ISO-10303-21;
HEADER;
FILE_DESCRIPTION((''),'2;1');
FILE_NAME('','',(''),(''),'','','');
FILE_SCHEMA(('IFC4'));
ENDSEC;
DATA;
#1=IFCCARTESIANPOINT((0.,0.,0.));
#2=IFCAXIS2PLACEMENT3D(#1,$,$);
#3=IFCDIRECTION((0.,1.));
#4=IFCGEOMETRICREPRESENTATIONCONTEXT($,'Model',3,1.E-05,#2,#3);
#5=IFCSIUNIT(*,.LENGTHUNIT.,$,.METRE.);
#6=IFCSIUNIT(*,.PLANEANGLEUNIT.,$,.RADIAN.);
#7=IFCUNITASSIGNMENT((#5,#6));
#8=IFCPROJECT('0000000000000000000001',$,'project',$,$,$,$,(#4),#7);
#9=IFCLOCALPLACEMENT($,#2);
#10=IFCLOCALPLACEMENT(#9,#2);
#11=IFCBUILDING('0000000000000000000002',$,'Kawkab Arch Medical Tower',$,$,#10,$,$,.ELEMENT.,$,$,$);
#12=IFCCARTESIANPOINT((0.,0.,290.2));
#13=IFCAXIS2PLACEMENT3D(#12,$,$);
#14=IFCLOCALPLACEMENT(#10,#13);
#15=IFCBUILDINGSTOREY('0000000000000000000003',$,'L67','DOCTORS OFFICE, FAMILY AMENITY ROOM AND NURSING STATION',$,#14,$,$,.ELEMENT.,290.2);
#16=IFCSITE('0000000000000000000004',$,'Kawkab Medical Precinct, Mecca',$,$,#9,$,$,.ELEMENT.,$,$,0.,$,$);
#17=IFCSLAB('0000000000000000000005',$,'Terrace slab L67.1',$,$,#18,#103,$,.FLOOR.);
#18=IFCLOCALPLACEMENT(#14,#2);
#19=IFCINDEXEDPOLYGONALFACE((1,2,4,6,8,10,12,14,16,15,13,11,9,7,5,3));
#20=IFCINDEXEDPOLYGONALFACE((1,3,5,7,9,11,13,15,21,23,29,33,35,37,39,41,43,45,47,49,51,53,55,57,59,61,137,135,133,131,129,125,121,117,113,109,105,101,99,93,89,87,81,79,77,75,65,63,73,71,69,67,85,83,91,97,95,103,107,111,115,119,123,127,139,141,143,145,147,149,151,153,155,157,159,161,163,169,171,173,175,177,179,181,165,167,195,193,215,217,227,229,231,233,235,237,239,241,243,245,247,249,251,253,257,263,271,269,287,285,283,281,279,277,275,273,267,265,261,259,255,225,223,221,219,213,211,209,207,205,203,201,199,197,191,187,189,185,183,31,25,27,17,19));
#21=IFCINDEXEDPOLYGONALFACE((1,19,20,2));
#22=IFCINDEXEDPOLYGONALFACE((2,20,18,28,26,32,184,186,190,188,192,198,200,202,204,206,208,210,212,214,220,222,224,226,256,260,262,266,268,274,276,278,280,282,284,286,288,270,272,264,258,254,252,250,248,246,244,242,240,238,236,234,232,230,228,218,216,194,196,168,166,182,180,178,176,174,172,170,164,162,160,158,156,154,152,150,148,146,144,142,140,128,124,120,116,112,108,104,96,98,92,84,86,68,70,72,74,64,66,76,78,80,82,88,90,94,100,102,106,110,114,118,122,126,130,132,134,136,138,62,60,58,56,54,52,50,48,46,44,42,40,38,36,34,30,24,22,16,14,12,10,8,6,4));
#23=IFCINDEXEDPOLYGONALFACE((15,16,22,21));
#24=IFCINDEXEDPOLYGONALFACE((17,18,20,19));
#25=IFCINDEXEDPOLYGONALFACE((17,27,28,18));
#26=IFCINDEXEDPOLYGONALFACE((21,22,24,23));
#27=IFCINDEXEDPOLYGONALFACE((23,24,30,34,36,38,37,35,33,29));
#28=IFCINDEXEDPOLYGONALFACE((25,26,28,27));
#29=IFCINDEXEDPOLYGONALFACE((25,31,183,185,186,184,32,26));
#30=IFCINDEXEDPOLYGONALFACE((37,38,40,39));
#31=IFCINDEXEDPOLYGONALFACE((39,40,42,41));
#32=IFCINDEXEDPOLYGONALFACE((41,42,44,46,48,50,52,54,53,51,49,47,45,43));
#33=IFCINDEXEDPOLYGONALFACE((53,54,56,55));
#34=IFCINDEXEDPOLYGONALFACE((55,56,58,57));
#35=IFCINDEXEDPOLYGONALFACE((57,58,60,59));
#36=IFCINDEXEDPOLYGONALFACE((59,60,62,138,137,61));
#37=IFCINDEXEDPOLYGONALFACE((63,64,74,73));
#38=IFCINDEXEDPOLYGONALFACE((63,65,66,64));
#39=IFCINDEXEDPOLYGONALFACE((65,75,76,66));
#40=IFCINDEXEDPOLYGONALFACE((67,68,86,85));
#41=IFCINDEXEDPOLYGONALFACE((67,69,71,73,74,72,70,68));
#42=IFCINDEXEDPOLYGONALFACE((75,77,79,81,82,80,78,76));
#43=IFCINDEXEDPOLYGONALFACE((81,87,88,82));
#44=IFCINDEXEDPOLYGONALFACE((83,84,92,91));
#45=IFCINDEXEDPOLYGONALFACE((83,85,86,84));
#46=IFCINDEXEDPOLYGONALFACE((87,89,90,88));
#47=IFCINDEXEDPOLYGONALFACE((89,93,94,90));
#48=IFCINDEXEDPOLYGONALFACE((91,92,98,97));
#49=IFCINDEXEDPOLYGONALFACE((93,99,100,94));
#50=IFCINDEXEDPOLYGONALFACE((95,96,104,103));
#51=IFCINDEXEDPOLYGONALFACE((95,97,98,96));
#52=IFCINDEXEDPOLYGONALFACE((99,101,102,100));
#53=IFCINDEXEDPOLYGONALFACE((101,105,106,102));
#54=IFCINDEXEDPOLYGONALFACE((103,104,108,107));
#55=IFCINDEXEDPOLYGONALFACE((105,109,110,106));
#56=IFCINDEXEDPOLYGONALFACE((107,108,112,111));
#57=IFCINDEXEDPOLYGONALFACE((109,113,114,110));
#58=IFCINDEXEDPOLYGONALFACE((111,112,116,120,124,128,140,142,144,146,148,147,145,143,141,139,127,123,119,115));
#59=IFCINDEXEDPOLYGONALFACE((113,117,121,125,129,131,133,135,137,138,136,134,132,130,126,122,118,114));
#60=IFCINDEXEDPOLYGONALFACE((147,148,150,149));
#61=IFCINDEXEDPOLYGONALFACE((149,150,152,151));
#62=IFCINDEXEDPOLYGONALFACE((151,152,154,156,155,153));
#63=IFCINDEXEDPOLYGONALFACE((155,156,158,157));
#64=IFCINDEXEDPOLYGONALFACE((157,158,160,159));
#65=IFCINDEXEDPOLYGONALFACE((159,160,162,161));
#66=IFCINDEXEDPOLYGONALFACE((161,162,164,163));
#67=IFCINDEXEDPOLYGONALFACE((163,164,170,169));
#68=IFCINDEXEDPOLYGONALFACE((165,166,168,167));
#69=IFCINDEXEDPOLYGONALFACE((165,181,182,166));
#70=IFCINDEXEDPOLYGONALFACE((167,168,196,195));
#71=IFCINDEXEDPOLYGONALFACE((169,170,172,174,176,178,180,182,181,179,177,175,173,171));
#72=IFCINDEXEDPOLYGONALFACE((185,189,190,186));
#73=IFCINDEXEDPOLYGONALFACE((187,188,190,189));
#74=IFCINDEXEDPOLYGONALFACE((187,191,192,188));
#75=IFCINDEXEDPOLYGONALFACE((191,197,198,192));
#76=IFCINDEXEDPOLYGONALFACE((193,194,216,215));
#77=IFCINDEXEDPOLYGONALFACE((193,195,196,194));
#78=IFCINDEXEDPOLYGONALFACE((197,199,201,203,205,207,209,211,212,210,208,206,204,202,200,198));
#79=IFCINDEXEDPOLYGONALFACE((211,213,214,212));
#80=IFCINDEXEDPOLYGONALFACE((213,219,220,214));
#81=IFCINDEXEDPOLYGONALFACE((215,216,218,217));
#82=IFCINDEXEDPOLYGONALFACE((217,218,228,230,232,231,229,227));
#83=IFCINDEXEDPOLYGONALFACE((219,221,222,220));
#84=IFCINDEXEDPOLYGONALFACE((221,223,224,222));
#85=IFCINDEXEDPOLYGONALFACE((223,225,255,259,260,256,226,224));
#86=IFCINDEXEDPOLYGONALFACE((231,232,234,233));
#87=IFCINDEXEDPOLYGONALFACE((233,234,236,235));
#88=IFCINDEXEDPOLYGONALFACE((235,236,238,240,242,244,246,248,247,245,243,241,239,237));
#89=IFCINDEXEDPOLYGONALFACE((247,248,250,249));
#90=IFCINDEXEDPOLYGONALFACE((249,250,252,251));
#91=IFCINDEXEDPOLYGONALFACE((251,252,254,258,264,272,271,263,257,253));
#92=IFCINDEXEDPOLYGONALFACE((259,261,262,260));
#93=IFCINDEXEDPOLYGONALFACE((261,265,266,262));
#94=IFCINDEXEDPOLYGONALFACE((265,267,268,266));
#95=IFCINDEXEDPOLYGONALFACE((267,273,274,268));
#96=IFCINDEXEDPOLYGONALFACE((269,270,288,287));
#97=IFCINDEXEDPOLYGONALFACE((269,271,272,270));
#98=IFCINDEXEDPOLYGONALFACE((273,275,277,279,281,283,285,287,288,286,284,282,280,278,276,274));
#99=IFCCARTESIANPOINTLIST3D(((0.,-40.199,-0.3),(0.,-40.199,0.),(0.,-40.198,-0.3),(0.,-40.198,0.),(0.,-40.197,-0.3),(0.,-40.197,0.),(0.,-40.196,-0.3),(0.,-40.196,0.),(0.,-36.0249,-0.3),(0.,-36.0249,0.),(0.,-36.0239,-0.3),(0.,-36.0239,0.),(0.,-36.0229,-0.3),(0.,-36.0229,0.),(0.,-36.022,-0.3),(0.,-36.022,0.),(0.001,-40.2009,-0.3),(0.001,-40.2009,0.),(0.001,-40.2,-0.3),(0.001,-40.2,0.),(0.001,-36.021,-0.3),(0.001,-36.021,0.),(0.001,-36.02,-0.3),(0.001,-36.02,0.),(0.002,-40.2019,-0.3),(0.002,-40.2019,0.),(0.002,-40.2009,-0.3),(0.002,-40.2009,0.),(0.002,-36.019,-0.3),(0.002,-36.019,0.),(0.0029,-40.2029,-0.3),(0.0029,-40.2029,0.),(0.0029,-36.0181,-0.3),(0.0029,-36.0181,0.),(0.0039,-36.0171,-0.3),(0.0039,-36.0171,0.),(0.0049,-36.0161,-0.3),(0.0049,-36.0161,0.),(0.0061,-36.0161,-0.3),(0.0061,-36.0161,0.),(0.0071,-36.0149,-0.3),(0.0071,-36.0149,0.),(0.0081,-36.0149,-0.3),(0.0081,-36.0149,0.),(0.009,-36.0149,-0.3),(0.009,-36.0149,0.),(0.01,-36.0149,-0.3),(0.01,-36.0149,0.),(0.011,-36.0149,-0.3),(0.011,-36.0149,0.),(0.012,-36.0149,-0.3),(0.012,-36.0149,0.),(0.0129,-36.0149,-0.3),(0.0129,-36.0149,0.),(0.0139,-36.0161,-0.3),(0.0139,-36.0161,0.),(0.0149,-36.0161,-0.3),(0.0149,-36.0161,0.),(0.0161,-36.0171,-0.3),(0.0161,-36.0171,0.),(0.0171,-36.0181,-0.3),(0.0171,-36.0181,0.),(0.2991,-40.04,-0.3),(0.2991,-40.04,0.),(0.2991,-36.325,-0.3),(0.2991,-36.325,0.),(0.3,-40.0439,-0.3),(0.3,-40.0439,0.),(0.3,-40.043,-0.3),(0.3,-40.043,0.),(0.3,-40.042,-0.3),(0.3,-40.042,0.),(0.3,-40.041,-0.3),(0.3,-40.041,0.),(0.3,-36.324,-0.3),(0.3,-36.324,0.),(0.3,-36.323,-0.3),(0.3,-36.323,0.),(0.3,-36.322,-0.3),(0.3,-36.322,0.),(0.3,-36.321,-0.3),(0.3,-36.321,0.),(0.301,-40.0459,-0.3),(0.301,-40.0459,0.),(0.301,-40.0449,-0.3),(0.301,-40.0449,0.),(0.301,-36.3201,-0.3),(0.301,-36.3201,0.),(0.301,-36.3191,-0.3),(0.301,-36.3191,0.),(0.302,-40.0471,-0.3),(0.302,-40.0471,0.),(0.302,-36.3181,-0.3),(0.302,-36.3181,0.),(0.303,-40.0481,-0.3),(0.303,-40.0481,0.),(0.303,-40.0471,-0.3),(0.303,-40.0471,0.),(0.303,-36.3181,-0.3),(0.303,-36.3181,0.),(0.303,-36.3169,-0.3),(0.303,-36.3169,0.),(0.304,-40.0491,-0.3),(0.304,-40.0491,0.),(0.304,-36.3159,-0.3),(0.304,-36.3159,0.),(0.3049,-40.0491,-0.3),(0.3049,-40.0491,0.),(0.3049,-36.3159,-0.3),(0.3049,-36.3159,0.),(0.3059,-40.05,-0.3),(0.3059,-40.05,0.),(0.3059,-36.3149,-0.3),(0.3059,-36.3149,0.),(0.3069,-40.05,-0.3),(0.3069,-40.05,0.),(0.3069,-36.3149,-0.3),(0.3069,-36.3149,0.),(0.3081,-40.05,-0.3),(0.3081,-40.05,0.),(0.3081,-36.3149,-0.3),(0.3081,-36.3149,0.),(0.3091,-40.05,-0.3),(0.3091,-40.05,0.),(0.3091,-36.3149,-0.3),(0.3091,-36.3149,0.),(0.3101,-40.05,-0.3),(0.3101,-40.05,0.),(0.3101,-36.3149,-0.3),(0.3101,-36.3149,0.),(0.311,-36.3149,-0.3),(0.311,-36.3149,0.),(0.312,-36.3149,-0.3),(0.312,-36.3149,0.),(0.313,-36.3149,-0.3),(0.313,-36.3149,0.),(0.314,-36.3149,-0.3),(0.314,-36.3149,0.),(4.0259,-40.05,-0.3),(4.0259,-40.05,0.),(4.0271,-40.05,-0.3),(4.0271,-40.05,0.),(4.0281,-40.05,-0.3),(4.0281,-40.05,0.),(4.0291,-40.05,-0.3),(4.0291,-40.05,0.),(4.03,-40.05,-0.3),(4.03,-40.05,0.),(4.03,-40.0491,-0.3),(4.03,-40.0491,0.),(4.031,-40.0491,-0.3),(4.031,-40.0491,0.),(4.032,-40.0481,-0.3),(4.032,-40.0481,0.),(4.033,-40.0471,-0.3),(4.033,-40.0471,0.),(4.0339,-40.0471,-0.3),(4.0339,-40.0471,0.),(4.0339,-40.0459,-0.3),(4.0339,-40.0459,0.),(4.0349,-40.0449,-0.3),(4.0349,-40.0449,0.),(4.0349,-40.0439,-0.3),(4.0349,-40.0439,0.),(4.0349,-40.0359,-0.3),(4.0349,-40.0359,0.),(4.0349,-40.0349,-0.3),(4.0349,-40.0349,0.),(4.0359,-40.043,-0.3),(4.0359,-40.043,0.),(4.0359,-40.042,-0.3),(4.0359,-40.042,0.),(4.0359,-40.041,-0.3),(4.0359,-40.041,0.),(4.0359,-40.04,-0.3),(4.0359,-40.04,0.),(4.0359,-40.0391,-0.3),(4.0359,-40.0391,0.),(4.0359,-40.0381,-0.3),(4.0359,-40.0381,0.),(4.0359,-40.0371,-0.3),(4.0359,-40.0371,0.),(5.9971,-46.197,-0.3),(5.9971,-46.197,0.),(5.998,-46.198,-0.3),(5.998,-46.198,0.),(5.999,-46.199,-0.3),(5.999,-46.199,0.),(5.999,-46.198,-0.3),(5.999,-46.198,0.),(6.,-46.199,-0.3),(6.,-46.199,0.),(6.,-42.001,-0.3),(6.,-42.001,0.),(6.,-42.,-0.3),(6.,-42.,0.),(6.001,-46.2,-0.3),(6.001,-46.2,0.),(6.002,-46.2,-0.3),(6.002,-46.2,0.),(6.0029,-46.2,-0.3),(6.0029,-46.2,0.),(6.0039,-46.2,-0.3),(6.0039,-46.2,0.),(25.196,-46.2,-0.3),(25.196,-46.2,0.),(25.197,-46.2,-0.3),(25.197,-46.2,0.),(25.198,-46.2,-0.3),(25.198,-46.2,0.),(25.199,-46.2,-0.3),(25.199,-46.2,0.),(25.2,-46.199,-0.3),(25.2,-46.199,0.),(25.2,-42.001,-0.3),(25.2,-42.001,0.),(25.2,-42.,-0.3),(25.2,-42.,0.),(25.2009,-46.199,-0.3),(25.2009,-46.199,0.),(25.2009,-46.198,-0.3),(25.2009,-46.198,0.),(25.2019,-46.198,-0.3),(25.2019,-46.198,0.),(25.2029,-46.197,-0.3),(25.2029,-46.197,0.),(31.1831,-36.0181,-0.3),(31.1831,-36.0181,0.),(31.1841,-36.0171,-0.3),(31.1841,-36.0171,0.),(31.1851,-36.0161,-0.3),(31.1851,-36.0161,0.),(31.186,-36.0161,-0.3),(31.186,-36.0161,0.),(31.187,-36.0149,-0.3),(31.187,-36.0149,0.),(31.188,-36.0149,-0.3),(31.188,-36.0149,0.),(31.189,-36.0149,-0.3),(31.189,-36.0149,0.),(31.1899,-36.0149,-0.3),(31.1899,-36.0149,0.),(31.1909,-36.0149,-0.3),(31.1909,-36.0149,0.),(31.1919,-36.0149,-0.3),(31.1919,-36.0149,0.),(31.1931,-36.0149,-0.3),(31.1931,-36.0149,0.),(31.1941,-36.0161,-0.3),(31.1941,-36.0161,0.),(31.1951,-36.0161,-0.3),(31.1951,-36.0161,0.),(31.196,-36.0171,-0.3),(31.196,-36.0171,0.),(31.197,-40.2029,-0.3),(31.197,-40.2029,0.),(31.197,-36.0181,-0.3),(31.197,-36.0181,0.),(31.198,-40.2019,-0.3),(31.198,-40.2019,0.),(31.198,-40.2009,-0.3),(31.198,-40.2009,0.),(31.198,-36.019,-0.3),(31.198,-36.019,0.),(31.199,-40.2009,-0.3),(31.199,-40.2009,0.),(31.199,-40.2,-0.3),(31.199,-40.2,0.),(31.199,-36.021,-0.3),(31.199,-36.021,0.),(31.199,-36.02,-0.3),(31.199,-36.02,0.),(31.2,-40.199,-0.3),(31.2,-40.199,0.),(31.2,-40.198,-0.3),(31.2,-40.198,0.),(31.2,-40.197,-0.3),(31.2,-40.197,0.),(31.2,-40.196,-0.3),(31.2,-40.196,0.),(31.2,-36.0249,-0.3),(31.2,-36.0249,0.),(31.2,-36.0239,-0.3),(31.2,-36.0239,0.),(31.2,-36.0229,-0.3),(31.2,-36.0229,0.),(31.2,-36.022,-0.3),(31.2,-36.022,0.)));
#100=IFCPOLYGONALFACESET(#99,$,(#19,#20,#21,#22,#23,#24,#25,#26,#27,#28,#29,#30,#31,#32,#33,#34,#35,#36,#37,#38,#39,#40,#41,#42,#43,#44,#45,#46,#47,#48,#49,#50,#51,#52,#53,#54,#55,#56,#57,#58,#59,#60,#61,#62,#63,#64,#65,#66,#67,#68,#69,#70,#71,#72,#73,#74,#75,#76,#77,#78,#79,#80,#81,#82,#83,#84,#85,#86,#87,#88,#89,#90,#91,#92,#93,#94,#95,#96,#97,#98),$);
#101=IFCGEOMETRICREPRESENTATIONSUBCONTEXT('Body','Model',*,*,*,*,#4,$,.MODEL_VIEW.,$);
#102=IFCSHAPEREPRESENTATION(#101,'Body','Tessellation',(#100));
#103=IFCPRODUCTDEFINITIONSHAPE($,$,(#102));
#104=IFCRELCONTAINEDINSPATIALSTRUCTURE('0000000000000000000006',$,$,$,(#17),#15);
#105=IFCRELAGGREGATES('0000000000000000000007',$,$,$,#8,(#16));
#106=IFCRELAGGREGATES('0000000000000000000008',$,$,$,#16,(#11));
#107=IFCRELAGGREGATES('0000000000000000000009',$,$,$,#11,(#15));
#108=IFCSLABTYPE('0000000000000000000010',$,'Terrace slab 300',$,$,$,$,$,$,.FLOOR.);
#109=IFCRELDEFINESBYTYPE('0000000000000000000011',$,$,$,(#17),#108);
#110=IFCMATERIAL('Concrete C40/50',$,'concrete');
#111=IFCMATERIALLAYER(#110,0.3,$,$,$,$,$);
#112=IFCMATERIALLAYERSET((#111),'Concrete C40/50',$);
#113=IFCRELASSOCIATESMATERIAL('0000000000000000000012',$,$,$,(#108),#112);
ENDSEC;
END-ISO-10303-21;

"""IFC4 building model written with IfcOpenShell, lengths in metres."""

from ifc_helpers import new_model, si_unit, direction, frame, origin, place, context, subcontext, project, spatial, polyline, outline, extrude, material, layer, layer_set, type_object, element, save


model = new_model("IFC4")

# Units and contexts
model_context = context("Model", 3, precision=1e-05, world=origin(), true_north=direction((0.0, 1.0)))
body_context = subcontext(model_context, "Body", "Model", "MODEL_VIEW")
ifc_project = project(units=[si_unit("LENGTHUNIT", "METRE"), si_unit("PLANEANGLEUNIT", "RADIAN")], contexts=[model_context])

# Site, building, storey
site_placement = place(None, origin())
site = spatial("IfcSite", under=ifc_project, at=site_placement, Name="Kawkab Medical Precinct, Mecca", CompositionType="ELEMENT", RefElevation=0.0)
building_placement = place(site_placement, origin())
building = spatial("IfcBuilding", under=site, at=building_placement, Name="Kawkab Arch Medical Tower", CompositionType="ELEMENT")
storey_placement = place(building_placement, frame((0.0, 0.0, 290.2)))
storey = spatial("IfcBuildingStorey", under=building, at=storey_placement, Name="L67", Description="DOCTORS OFFICE, FAMILY AMENITY ROOM AND NURSING STATION", CompositionType="ELEMENT", Elevation=290.2)

# Slab
ifc_material_1 = material(Name="Concrete C40/50", Category="concrete")
ifc_layer_1 = layer(ifc_material_1, 0.3)
ifc_layer_set_1 = layer_set([ifc_layer_1], Name="Concrete C40/50")
slab_type_1 = type_object("IfcSlabType", Name="Terrace slab 300", PredefinedType="FLOOR", material=ifc_layer_set_1)
slab_1_placement = place(storey_placement, frame((0.0, 0.0, -0.3)))
element("IfcSlab", 1, at=slab_1_placement, inside=storey, type_object=slab_type_1, Name="Terrace slab L67.1", PredefinedType="FLOOR", context=body_context, shape_type="SweptSolid", body=[
    extrude(outline(polyline([(6.0, -42.0), (6.0, -42.001), (25.2, -42.001), (25.2, -42.0), (31.1831, -36.0181), (31.1841, -36.0171), (31.1851, -36.0161), (31.186, -36.0161), (31.187, -36.0149), (31.188, -36.0149), (31.189, -36.0149), (31.1899, -36.0149), (31.1909, -36.0149), (31.1919, -36.0149), (31.1931, -36.0149), (31.1941, -36.0161), (31.1951, -36.0161), (31.196, -36.0171), (31.197, -36.0181), (31.198, -36.019), (31.199, -36.02), (31.199, -36.021), (31.2, -36.022), (31.2, -36.0229), (31.2, -36.0239), (31.2, -36.0249), (31.2, -40.196), (31.2, -40.197), (31.2, -40.198), (31.2, -40.199), (31.199, -40.2), (31.199, -40.2009), (31.198, -40.2009), (31.198, -40.2019), (31.197, -40.2029), (25.2029, -46.197), (25.2019, -46.198), (25.2009, -46.198), (25.2009, -46.199), (25.2, -46.199), (25.199, -46.2), (25.198, -46.2), (25.197, -46.2), (25.196, -46.2), (6.0039, -46.2), (6.0029, -46.2), (6.002, -46.2), (6.001, -46.2), (6.0, -46.199), (5.999, -46.199), (5.999, -46.198), (5.998, -46.198), (5.9971, -46.197), (0.0029, -40.2029), (0.002, -40.2019), (0.002, -40.2009), (0.001, -40.2009), (0.001, -40.2), (0.0, -40.199), (0.0, -40.198), (0.0, -40.197), (0.0, -40.196), (0.0, -36.0249), (0.0, -36.0239), (0.0, -36.0229), (0.0, -36.022), (0.001, -36.021), (0.001, -36.02), (0.002, -36.019), (0.0029, -36.0181), (0.0039, -36.0171), (0.0049, -36.0161), (0.0061, -36.0161), (0.0071, -36.0149), (0.0081, -36.0149), (0.009, -36.0149), (0.01, -36.0149), (0.011, -36.0149), (0.012, -36.0149), (0.0129, -36.0149), (0.0139, -36.0161), (0.0149, -36.0161), (0.0161, -36.0171), (0.0171, -36.0181), (0.3149, -36.3159), (0.314, -36.3149), (0.313, -36.3149), (0.312, -36.3149), (0.311, -36.3149), (0.3101, -36.3149), (0.3091, -36.3149), (0.3081, -36.3149), (0.3069, -36.3149), (0.3059, -36.3149), (0.3049, -36.3159), (0.304, -36.3159), (0.303, -36.3169), (0.303, -36.3181), (0.302, -36.3181), (0.301, -36.3191), (0.301, -36.3201), (0.3, -36.321), (0.3, -36.322), (0.3, -36.323), (0.3, -36.324), (0.2991, -36.325), (0.2991, -40.04), (0.3, -40.041), (0.3, -40.042), (0.3, -40.043), (0.3, -40.0439), (0.301, -40.0449), (0.301, -40.0459), (0.302, -40.0471), (0.303, -40.0471), (0.303, -40.0481), (0.304, -40.0491), (0.3049, -40.0491), (0.3059, -40.05), (0.3069, -40.05), (0.3081, -40.05), (0.3091, -40.05), (0.3101, -40.05), (4.0259, -40.05), (4.0271, -40.05), (4.0281, -40.05), (4.0291, -40.05), (4.03, -40.05), (4.03, -40.0491), (4.031, -40.0491), (4.032, -40.0481), (4.033, -40.0471), (4.0339, -40.0471), (4.0339, -40.0459), (4.0349, -40.0449), (4.0349, -40.0439), (4.0359, -40.043), (4.0359, -40.042), (4.0359, -40.041), (4.0359, -40.04), (4.0359, -40.0391), (4.0359, -40.0381), (4.0359, -40.0371), (4.0349, -40.0359), (4.0349, -40.0349), (6.0, -42.0)])), origin(), (0.0, 0.0, 1.0), 0.3),
])

save(model, "model.ifc")
